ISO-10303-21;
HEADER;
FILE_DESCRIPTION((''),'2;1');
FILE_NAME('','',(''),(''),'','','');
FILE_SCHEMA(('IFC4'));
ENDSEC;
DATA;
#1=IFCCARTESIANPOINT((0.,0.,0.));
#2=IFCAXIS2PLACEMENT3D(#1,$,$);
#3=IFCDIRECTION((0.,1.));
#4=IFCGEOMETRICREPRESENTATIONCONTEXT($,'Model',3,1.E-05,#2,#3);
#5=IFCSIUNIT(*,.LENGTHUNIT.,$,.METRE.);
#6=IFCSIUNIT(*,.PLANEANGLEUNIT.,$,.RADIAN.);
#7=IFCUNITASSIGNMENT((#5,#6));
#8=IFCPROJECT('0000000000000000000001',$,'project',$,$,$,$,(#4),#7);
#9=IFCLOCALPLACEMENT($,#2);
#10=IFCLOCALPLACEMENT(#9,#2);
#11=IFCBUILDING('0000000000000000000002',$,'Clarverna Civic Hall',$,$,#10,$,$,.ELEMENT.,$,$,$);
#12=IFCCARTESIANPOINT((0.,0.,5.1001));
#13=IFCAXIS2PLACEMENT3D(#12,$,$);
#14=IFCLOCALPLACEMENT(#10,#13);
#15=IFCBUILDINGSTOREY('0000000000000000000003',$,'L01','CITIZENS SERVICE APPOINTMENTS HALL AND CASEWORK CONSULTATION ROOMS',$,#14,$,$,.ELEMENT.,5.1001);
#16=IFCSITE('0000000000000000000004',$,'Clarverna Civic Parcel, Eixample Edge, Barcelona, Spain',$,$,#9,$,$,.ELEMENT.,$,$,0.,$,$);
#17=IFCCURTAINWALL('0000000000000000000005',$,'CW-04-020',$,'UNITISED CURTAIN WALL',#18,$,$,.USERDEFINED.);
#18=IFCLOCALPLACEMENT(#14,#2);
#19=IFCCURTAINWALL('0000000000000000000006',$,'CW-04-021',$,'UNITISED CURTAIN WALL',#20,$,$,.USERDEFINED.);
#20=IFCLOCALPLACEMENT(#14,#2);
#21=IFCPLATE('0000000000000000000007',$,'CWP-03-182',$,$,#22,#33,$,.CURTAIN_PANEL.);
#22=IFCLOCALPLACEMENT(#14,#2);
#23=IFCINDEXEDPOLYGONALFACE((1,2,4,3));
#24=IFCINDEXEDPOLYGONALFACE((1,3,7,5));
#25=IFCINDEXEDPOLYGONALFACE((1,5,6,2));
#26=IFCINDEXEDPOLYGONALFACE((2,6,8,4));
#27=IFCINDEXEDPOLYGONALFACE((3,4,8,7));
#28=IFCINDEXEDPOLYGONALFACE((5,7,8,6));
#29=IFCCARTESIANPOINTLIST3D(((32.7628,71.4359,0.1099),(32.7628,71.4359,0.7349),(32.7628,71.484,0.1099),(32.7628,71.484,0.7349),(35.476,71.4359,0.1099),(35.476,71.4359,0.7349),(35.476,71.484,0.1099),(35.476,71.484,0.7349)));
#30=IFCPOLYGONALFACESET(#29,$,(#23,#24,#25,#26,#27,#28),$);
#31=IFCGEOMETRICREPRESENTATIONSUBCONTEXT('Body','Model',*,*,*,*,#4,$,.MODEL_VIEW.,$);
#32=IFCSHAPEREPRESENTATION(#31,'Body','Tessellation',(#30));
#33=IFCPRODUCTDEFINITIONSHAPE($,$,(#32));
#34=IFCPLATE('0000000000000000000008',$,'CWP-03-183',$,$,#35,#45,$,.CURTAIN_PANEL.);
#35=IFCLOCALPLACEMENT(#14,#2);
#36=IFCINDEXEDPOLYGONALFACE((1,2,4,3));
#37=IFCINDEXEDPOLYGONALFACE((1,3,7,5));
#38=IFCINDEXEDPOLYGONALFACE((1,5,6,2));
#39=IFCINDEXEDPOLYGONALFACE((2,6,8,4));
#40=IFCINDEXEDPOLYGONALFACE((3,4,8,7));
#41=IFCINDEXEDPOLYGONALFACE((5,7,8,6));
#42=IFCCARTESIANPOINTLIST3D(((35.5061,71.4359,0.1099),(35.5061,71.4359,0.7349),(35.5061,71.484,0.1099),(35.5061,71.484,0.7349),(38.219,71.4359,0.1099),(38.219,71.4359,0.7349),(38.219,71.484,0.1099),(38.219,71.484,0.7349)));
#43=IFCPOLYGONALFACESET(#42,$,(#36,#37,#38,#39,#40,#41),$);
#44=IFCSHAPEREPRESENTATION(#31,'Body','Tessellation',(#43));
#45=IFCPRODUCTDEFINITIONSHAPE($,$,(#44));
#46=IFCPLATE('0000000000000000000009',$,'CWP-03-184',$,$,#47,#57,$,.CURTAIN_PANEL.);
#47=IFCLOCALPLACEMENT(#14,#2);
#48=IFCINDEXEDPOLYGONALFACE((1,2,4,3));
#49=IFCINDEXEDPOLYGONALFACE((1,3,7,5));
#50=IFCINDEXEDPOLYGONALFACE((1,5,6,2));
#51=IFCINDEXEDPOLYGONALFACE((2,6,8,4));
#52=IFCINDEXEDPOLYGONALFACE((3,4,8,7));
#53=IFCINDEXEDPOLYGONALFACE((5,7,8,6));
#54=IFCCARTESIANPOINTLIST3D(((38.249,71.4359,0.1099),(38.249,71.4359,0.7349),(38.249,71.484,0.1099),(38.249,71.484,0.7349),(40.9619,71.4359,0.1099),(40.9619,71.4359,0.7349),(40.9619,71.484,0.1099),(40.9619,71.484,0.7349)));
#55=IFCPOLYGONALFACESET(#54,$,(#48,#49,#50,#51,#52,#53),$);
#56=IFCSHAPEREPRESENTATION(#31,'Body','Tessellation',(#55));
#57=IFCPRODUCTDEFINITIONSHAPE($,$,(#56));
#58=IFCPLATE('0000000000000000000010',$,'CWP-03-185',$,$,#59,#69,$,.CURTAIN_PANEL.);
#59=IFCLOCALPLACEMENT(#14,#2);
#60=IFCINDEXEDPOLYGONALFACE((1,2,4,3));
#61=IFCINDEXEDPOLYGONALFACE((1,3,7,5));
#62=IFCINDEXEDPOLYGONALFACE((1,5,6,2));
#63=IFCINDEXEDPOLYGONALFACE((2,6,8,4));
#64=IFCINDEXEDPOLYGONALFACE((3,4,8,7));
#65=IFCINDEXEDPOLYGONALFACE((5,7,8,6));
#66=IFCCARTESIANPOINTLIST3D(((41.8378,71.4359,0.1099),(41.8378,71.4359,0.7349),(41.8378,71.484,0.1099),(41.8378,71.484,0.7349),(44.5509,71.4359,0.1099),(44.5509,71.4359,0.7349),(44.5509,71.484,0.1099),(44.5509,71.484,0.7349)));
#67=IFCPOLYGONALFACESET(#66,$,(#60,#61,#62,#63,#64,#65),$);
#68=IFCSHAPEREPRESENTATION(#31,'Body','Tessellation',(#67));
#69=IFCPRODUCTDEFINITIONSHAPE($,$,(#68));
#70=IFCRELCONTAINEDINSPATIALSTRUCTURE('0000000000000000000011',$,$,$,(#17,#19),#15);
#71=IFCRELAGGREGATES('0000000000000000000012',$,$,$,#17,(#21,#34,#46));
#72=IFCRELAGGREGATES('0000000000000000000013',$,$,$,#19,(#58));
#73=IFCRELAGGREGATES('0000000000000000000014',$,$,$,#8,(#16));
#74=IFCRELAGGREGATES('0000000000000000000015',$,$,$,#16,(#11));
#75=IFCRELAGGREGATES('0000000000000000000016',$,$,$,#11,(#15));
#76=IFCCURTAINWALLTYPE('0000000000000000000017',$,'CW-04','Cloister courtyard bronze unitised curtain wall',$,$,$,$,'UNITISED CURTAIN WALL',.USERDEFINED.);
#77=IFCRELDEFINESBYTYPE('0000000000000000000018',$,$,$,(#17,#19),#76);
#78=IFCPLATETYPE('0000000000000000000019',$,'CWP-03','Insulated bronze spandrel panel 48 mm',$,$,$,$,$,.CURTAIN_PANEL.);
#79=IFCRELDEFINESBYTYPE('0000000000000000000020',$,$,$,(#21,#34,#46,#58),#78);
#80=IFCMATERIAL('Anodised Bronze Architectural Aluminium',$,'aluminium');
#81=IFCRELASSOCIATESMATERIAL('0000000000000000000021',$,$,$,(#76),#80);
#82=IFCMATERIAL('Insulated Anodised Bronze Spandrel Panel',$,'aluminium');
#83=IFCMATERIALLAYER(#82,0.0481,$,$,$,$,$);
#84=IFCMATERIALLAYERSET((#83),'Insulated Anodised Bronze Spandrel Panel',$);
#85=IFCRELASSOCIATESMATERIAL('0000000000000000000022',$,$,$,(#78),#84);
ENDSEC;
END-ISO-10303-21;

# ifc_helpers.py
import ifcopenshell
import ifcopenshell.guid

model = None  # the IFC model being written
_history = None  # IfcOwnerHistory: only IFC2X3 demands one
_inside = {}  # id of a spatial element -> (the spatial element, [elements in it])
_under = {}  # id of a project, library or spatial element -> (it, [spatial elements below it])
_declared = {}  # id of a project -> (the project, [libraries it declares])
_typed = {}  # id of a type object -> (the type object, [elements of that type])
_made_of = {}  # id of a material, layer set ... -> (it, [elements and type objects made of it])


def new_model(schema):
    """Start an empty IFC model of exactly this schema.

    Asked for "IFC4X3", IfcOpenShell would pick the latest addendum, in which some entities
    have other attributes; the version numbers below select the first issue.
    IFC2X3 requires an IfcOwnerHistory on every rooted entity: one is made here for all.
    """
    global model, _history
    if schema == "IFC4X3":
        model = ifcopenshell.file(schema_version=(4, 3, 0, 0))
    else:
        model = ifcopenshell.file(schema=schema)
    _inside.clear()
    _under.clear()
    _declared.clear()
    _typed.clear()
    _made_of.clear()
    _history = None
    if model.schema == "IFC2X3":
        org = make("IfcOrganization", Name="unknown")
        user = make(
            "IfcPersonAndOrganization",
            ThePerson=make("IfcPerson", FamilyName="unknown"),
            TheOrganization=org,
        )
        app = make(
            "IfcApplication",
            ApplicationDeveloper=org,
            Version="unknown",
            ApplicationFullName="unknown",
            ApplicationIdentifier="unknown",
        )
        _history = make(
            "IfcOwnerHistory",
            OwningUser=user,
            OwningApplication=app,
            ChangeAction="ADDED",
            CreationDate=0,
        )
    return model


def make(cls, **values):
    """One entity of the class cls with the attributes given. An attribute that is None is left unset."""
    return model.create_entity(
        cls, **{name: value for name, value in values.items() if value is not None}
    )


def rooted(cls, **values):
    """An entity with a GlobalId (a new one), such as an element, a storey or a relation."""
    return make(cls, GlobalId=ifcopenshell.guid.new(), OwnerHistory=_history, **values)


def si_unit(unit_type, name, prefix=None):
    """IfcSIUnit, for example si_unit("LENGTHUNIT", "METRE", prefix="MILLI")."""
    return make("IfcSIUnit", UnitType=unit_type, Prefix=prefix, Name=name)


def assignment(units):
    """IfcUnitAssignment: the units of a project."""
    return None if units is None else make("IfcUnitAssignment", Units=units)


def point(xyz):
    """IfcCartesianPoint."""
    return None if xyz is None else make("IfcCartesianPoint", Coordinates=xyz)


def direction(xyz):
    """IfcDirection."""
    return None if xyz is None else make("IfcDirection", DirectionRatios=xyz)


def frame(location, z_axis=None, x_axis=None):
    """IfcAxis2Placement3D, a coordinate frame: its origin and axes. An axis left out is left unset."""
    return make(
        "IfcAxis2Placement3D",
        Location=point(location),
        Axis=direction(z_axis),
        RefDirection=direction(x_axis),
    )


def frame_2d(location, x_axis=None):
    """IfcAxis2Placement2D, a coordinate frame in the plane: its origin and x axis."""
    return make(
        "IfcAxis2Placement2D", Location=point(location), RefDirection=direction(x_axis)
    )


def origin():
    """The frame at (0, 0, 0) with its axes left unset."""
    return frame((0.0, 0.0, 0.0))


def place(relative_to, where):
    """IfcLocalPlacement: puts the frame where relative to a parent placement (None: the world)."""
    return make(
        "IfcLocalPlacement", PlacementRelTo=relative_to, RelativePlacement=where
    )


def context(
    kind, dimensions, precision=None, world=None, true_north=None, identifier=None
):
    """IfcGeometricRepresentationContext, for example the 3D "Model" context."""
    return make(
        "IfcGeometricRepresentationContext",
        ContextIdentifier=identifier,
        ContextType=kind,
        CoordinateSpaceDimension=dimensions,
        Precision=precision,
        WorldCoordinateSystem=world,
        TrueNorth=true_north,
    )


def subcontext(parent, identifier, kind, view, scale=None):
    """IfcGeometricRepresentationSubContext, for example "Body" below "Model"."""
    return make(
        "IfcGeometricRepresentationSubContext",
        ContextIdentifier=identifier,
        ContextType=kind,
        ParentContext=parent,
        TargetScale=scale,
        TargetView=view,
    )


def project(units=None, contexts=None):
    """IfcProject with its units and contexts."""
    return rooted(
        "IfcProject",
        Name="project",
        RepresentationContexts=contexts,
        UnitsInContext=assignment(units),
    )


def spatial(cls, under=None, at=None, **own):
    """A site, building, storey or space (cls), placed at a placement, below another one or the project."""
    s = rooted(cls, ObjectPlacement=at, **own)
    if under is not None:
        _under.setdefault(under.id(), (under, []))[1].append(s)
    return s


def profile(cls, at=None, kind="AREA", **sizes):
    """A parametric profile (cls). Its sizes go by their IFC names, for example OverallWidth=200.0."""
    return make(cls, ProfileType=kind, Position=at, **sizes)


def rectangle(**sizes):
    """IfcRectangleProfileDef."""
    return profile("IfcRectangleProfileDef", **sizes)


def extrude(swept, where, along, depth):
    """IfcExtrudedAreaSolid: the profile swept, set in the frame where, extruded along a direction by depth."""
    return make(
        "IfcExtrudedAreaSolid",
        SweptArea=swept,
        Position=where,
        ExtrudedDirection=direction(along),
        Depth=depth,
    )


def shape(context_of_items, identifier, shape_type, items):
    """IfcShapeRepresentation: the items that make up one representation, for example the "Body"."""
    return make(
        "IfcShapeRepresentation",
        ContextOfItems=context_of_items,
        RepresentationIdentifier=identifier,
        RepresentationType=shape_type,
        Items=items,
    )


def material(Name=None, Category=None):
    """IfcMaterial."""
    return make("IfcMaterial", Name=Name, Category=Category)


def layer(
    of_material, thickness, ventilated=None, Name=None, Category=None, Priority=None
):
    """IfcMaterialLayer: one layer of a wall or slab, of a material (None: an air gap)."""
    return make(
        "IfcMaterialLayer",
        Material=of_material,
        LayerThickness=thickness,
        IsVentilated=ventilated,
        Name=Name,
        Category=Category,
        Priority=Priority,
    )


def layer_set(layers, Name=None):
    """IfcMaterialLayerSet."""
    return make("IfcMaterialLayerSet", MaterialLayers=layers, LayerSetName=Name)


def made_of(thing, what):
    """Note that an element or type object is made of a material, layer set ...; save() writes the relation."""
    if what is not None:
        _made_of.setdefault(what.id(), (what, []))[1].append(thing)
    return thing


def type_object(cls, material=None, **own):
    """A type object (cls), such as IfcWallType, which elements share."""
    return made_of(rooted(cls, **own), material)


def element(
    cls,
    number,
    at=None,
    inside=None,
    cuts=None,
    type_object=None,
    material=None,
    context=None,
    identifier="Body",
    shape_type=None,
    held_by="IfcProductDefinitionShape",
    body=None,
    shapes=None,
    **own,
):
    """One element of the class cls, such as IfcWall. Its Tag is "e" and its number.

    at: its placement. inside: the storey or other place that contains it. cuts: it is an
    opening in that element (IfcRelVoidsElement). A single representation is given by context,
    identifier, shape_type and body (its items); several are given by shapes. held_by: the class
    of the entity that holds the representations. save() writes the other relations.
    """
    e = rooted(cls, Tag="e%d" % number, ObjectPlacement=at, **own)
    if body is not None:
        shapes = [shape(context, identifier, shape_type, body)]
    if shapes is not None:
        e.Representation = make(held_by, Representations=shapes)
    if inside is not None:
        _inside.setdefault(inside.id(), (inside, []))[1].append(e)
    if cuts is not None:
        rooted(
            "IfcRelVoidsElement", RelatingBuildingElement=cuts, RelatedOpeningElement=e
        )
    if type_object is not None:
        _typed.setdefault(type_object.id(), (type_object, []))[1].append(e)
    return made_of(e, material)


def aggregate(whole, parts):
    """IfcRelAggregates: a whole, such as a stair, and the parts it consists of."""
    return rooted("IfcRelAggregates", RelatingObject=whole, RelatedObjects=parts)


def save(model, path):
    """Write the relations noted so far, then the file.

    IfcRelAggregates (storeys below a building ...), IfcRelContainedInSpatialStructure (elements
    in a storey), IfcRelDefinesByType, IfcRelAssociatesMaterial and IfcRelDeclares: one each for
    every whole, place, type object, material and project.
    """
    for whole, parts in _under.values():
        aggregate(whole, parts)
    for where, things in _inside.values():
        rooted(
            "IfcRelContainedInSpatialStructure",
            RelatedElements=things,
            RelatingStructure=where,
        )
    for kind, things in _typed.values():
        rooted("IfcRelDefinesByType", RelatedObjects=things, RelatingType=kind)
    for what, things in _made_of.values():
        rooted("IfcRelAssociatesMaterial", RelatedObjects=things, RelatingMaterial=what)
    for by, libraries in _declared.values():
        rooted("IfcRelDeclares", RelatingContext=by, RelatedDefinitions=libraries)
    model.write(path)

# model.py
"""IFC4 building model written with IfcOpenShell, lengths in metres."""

from ifc_helpers import new_model, si_unit, direction, frame, frame_2d, origin, place, context, subcontext, project, spatial, rectangle, extrude, material, layer, layer_set, type_object, element, aggregate, save


model = new_model("IFC4")

# Units and contexts
model_context = context("Model", 3, precision=1e-05, world=origin(), true_north=direction((0.0, 1.0)))
body_context = subcontext(model_context, "Body", "Model", "MODEL_VIEW")
ifc_project = project(units=[si_unit("LENGTHUNIT", "METRE"), si_unit("PLANEANGLEUNIT", "RADIAN")], contexts=[model_context])

# Site, building, storey
site_placement = place(None, origin())
site = spatial("IfcSite", under=ifc_project, at=site_placement, Name="Clarverna Civic Parcel, Eixample Edge, Barcelona, Spain", CompositionType="ELEMENT", RefElevation=0.0)
building_placement = place(site_placement, origin())
building = spatial("IfcBuilding", under=site, at=building_placement, Name="Clarverna Civic Hall", CompositionType="ELEMENT")
storey_placement = place(building_placement, frame((0.0, 0.0, 5.1001)))
storey = spatial("IfcBuildingStorey", under=building, at=storey_placement, Name="L01", Description="CITIZENS SERVICE APPOINTMENTS HALL AND CASEWORK CONSULTATION ROOMS", CompositionType="ELEMENT", Elevation=5.1001)

# Shared definitions
ifc_material_1 = material(Name="Anodised Bronze Architectural Aluminium", Category="aluminium")
curtain_wall_type = type_object("IfcCurtainWallType", Name="CW-04", Description="Cloister courtyard bronze unitised curtain wall", ElementType="UNITISED CURTAIN WALL", PredefinedType="USERDEFINED", material=ifc_material_1)

# Curtain walls
curtain_wall_1_placement = place(storey_placement, origin())
curtain_wall_1 = element("IfcCurtainWall", 1, at=curtain_wall_1_placement, inside=storey, type_object=curtain_wall_type, Name="CW-04-020", ObjectType="UNITISED CURTAIN WALL", PredefinedType="USERDEFINED")
curtain_wall_2_placement = place(storey_placement, origin())
curtain_wall_2 = element("IfcCurtainWall", 2, at=curtain_wall_2_placement, inside=storey, type_object=curtain_wall_type, Name="CW-04-021", ObjectType="UNITISED CURTAIN WALL", PredefinedType="USERDEFINED")

# Plates
ifc_material_2 = material(Name="Insulated Anodised Bronze Spandrel Panel", Category="aluminium")
ifc_layer_1 = layer(ifc_material_2, 0.0481)
ifc_layer_set_1 = layer_set([ifc_layer_1], Name="Insulated Anodised Bronze Spandrel Panel")
plate_type_1 = type_object("IfcPlateType", Name="CWP-03", Description="Insulated bronze spandrel panel 48 mm", PredefinedType="CURTAIN_PANEL", material=ifc_layer_set_1)
plate_1_placement = place(storey_placement, frame((32.7629, 71.46, 0.1099), z_axis=(0.0, 0.0, 1.0), x_axis=(1.0, 0.0, 0.0)))
plate_1 = element("IfcPlate", 3, at=plate_1_placement, type_object=plate_type_1, Name="CWP-03-182", PredefinedType="CURTAIN_PANEL", context=body_context, shape_type="SweptSolid", body=[
    extrude(rectangle(XDim=2.7131, YDim=0.0481, at=frame_2d((1.3564, 0.0))), origin(), (0.0, 0.0, 1.0), 0.625),
])
plate_2_placement = place(storey_placement, frame((35.5061, 71.46, 0.1099), z_axis=(0.0, 0.0, 1.0), x_axis=(1.0, 0.0, 0.0)))
plate_2 = element("IfcPlate", 4, at=plate_2_placement, type_object=plate_type_1, Name="CWP-03-183", PredefinedType="CURTAIN_PANEL", context=body_context, shape_type="SweptSolid", body=[
    extrude(rectangle(XDim=2.7129, YDim=0.0481, at=frame_2d((1.3564, 0.0))), origin(), (0.0, 0.0, 1.0), 0.625),
])
plate_3_placement = place(storey_placement, frame((38.249, 71.46, 0.1099), z_axis=(0.0, 0.0, 1.0), x_axis=(1.0, 0.0, 0.0)))
plate_3 = element("IfcPlate", 5, at=plate_3_placement, type_object=plate_type_1, Name="CWP-03-184", PredefinedType="CURTAIN_PANEL", context=body_context, shape_type="SweptSolid", body=[
    extrude(rectangle(XDim=2.7129, YDim=0.0481, at=frame_2d((1.3564, 0.0))), origin(), (0.0, 0.0, 1.0), 0.625),
])
aggregate(curtain_wall_1, [plate_1, plate_2, plate_3])
plate_4_placement = place(storey_placement, frame((41.8379, 71.46, 0.1099), z_axis=(0.0, 0.0, 1.0), x_axis=(1.0, 0.0, 0.0)))
plate_4 = element("IfcPlate", 6, at=plate_4_placement, type_object=plate_type_1, Name="CWP-03-185", PredefinedType="CURTAIN_PANEL", context=body_context, shape_type="SweptSolid", body=[
    extrude(rectangle(XDim=2.7131, YDim=0.0481, at=frame_2d((1.3564, 0.0))), origin(), (0.0, 0.0, 1.0), 0.625),
])
aggregate(curtain_wall_2, [plate_4])

save(model, "model.ifc")
